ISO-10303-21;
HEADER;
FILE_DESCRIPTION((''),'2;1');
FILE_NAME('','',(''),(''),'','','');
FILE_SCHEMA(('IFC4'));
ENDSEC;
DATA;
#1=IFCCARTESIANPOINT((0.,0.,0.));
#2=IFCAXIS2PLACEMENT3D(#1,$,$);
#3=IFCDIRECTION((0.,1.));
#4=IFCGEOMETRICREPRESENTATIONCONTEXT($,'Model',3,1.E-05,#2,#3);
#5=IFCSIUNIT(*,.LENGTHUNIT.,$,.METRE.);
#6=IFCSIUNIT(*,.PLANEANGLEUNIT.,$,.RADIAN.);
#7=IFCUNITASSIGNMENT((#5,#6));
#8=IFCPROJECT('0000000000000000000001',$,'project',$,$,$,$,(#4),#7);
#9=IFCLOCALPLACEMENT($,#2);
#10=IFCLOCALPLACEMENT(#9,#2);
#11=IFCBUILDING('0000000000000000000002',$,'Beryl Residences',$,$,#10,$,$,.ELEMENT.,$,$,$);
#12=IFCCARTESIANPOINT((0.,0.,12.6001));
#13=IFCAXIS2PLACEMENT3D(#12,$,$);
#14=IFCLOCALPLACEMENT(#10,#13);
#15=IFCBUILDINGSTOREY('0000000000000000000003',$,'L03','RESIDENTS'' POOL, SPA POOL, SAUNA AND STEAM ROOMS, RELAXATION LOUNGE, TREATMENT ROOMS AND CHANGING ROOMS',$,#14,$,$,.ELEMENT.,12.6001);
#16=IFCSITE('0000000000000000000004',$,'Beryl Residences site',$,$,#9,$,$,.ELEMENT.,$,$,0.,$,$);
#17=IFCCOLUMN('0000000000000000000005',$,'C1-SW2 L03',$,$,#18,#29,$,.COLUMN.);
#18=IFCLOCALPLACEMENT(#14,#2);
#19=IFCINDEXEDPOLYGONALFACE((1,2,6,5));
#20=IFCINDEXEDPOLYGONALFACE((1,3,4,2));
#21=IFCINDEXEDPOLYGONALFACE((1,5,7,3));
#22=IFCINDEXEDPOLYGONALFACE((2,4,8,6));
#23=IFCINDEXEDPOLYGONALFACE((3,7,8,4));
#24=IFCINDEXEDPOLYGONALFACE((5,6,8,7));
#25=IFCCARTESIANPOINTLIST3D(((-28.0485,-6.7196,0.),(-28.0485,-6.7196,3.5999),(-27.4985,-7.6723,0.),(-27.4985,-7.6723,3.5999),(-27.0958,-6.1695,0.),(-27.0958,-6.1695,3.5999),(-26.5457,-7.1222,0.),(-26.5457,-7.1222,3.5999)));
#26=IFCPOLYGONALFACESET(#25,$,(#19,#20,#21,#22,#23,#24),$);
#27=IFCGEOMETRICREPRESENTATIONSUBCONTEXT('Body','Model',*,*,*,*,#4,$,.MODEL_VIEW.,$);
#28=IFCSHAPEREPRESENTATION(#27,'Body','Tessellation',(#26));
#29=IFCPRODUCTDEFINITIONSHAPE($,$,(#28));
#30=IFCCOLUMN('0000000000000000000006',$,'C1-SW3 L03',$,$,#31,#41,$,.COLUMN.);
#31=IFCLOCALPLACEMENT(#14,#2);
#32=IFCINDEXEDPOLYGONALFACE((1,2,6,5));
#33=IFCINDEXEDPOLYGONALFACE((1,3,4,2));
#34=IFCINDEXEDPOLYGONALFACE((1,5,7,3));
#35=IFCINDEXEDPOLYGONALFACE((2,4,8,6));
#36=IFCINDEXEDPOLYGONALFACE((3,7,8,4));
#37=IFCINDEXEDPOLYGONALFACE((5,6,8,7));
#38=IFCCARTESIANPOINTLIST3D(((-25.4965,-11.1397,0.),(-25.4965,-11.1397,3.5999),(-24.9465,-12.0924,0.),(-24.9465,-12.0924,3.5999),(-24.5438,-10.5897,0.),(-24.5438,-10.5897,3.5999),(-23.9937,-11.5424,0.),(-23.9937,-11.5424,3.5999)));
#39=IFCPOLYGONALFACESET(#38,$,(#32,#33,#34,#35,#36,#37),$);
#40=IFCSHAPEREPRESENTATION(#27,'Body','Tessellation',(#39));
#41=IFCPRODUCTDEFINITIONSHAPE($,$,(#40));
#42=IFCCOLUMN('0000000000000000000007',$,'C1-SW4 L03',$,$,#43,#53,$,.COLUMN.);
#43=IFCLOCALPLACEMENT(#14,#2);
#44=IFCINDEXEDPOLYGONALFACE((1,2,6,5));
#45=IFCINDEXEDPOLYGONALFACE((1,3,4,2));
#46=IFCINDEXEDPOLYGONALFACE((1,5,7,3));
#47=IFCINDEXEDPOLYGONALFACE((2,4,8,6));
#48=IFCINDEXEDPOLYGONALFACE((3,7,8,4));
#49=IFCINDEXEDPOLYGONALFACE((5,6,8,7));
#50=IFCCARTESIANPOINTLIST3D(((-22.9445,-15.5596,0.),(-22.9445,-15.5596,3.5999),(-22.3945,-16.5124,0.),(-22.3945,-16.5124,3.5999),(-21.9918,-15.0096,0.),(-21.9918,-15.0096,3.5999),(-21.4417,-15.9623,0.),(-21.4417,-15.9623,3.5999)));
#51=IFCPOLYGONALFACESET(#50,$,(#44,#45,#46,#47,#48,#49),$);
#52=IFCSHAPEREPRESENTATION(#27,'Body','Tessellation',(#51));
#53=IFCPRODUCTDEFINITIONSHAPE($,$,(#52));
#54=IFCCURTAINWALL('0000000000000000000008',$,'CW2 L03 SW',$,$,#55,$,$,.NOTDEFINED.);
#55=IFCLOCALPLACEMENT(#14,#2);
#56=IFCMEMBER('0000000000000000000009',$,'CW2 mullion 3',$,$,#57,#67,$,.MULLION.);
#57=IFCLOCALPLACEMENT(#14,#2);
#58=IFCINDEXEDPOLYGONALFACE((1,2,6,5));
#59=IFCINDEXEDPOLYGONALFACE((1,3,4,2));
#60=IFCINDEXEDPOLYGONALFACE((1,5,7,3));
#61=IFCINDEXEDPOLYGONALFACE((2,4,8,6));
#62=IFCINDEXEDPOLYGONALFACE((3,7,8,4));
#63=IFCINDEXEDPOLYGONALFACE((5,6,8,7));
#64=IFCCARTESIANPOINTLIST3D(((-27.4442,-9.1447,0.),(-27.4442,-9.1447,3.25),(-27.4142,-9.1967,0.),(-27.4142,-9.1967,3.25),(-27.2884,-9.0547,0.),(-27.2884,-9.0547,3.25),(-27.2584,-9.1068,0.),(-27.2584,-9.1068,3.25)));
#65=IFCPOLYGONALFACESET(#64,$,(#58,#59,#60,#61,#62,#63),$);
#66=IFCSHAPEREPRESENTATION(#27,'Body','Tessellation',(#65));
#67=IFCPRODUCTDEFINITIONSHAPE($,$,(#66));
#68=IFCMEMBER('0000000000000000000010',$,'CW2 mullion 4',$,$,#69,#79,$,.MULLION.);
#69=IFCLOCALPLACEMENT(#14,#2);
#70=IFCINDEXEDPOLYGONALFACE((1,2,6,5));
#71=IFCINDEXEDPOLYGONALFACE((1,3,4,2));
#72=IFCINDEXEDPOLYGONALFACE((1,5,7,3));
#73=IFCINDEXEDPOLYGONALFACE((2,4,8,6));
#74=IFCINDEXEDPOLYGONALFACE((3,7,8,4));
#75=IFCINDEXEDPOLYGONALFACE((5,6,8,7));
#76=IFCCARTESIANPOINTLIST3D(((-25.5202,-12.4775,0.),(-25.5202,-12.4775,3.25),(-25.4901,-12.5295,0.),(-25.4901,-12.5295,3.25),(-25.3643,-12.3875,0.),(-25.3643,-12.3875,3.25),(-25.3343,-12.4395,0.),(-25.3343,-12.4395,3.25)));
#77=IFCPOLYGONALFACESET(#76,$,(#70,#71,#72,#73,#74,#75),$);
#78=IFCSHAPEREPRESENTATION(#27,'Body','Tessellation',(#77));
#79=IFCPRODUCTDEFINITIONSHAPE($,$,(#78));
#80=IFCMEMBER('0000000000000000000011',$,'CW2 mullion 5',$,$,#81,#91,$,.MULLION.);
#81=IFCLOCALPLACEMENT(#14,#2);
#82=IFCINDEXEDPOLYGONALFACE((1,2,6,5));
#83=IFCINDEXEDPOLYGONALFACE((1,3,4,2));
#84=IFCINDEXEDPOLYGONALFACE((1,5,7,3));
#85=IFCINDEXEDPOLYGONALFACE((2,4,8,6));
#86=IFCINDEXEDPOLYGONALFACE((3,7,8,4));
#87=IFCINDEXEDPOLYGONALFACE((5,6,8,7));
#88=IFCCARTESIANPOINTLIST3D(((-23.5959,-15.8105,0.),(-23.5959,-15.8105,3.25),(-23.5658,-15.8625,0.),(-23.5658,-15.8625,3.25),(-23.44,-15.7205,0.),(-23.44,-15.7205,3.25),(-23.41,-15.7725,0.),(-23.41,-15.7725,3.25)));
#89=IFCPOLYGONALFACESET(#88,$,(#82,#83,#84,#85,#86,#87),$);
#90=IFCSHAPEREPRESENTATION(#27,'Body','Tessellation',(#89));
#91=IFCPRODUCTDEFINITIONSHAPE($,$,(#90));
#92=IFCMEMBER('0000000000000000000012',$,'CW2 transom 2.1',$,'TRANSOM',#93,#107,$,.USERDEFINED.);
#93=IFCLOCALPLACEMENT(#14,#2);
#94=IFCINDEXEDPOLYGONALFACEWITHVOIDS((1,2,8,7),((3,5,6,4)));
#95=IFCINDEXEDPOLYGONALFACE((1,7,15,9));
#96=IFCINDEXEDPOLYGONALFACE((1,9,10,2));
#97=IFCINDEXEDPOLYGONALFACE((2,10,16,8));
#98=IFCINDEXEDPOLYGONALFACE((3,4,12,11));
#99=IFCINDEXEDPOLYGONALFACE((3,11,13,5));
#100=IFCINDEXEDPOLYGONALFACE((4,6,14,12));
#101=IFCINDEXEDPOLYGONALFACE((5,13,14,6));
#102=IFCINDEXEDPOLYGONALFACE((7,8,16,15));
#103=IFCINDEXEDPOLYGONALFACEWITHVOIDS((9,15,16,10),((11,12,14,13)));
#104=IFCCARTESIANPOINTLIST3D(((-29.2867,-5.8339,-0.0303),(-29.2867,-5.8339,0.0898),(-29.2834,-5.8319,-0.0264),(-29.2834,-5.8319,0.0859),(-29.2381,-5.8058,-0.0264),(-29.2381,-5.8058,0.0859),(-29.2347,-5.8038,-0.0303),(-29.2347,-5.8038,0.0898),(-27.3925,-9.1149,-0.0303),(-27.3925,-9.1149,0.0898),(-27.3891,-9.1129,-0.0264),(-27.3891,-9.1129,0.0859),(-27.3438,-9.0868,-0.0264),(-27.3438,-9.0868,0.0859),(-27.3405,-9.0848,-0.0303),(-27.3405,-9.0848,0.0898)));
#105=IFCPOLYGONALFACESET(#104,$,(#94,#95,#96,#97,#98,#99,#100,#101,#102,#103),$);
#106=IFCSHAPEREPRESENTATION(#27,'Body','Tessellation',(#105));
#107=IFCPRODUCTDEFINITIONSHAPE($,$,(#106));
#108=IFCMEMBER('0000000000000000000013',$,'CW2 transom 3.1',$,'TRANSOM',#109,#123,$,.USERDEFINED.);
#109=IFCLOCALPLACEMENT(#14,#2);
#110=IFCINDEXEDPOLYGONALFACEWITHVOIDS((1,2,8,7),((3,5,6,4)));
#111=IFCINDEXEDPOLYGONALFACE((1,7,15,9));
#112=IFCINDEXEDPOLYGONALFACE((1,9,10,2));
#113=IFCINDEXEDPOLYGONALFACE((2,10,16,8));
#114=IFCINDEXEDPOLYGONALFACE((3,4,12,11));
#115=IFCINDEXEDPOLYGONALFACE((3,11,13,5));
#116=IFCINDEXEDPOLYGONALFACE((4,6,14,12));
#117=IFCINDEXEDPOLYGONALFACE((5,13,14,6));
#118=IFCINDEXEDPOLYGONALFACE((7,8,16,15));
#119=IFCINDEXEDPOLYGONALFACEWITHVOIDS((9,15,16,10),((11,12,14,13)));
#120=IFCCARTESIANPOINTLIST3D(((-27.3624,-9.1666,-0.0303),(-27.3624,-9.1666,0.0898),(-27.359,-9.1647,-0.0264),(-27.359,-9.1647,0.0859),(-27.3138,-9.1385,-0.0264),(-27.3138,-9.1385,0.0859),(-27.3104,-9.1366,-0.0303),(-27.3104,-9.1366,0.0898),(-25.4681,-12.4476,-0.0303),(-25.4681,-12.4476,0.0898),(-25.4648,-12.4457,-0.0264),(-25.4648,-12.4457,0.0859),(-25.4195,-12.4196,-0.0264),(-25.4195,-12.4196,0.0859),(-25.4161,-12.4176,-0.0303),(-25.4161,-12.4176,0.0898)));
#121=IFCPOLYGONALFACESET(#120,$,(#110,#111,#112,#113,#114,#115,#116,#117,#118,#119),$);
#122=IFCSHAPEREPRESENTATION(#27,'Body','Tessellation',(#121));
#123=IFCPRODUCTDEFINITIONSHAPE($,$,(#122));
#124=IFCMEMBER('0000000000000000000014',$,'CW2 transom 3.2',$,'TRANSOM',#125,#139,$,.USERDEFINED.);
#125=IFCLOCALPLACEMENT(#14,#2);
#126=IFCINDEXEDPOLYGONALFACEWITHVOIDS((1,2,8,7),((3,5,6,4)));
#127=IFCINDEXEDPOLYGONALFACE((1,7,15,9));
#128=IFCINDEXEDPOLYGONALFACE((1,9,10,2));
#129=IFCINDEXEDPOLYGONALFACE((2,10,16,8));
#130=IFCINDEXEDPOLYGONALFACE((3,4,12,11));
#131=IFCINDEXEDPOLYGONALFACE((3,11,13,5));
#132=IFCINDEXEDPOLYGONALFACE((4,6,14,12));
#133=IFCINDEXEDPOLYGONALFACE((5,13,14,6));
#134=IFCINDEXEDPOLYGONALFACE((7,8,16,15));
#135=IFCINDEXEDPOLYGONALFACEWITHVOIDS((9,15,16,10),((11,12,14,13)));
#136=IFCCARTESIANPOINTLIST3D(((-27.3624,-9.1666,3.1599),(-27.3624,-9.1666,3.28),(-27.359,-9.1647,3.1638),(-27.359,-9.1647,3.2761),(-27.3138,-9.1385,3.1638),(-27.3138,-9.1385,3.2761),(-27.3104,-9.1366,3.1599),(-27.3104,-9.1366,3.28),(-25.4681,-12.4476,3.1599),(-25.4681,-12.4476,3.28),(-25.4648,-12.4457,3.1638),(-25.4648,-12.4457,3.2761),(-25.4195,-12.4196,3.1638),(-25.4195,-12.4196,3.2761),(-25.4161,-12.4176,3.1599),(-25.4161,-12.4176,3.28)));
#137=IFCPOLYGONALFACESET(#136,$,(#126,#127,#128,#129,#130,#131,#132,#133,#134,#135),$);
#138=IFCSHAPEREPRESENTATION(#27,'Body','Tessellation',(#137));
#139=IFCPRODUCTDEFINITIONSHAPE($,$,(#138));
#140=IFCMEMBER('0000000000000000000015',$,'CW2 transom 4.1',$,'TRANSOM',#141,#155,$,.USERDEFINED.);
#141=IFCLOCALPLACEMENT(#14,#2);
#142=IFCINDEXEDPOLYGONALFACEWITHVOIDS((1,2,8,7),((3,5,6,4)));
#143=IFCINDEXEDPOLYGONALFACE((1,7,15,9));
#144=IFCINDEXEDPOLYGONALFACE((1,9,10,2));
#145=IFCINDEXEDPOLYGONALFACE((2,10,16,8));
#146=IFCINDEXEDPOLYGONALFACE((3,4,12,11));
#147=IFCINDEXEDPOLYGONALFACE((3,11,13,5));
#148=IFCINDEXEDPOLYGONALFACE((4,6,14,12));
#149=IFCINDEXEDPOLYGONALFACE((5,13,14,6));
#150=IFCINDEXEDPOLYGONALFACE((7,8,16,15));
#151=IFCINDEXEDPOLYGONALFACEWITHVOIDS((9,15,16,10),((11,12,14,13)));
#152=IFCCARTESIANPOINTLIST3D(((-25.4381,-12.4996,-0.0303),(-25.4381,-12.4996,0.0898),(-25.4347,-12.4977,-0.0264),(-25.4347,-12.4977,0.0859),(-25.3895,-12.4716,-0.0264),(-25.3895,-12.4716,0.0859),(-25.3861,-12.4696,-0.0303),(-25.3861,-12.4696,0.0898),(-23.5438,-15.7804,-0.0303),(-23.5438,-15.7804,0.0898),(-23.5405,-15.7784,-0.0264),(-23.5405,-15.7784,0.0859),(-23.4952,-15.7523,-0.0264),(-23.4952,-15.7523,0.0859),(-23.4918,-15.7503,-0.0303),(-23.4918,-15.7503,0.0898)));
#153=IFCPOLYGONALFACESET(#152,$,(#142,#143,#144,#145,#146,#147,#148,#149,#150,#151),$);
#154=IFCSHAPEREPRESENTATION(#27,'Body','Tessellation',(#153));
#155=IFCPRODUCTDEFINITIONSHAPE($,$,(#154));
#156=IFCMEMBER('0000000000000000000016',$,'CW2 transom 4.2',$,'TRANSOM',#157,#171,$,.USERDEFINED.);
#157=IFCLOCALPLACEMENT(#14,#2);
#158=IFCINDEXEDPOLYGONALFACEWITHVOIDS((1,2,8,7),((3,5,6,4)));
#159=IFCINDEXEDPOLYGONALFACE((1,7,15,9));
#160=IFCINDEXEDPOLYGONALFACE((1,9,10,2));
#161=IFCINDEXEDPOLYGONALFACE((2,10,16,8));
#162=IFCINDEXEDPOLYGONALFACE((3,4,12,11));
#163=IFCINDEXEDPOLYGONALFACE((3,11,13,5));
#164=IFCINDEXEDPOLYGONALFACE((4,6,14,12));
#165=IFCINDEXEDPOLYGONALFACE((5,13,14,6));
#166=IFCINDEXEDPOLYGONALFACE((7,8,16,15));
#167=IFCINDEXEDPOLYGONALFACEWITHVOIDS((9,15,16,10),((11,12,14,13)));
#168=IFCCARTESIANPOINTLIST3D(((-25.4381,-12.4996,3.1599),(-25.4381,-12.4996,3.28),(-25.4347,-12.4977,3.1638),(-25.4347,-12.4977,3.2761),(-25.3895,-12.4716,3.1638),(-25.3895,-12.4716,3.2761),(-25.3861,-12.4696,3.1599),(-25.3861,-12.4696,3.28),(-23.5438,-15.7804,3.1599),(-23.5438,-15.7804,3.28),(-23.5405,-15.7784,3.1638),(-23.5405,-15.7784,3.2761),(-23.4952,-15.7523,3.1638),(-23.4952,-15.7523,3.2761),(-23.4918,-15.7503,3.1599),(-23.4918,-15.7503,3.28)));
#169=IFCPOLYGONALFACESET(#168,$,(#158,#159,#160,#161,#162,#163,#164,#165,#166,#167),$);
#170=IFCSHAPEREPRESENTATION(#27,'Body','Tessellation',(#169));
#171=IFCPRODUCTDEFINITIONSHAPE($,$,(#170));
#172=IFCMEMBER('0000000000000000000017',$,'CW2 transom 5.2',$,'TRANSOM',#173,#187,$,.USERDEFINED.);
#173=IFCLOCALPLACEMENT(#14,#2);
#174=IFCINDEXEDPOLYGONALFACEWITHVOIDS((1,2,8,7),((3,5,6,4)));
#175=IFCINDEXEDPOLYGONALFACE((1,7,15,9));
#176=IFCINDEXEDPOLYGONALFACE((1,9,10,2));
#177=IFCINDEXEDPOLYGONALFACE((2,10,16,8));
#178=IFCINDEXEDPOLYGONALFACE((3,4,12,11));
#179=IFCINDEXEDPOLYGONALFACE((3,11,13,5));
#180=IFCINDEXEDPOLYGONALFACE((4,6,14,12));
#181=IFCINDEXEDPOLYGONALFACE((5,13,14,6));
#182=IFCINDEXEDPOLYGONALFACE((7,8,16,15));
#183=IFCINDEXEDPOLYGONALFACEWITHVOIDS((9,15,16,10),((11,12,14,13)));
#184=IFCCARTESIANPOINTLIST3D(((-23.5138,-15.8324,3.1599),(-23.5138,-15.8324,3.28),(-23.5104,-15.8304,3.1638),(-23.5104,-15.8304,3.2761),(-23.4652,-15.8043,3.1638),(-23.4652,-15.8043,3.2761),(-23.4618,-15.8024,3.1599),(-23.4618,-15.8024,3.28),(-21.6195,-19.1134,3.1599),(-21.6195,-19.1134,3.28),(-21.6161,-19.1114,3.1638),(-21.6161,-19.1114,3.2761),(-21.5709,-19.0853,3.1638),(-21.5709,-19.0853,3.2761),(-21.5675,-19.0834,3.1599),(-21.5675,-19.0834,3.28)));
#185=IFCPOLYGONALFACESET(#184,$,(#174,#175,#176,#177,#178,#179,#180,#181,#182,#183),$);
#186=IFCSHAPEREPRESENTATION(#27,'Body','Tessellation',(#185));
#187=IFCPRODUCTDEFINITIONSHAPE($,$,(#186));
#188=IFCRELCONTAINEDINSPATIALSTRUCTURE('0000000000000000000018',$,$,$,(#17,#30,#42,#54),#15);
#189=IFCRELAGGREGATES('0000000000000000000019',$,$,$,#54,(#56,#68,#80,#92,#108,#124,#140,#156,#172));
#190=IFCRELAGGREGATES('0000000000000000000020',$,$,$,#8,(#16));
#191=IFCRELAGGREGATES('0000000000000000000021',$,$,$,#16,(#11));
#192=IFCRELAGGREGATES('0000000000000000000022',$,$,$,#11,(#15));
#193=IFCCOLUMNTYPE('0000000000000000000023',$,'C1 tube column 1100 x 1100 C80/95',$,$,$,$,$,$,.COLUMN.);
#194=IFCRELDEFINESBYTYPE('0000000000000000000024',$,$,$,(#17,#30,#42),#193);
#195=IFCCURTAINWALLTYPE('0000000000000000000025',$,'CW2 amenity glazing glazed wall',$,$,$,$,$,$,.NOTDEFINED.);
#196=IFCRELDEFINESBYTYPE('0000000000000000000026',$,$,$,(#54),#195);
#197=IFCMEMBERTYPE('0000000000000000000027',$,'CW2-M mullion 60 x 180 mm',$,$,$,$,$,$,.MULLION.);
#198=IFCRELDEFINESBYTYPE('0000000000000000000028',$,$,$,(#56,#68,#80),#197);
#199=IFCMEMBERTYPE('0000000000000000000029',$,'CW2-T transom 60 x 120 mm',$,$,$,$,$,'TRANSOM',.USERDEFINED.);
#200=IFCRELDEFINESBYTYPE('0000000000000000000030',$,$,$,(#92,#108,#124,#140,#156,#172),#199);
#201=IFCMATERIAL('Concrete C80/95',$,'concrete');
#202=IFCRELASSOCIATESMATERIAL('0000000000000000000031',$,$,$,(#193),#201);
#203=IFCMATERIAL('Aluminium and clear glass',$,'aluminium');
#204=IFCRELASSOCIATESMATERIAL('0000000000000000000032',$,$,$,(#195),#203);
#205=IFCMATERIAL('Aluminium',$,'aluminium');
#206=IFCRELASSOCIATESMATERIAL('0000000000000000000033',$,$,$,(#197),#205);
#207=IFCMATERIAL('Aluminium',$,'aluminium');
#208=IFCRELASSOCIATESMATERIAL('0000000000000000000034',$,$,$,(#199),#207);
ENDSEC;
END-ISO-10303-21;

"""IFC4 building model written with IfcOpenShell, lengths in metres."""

from ifc_helpers import new_model, si_unit, direction, frame, origin, origin_2d, place, context, subcontext, project, spatial, rectangle, hollow_rectangle, extrude, material, material_profile, profile_set, type_object, element, aggregate, save


model = new_model("IFC4")

# Units and contexts
model_context = context("Model", 3, precision=1e-05, world=origin(), true_north=direction((0.0, 1.0)))
body_context = subcontext(model_context, "Body", "Model", "MODEL_VIEW")
ifc_project = project(units=[si_unit("LENGTHUNIT", "METRE"), si_unit("PLANEANGLEUNIT", "RADIAN")], contexts=[model_context])

# Site, building, storey
site_placement = place(None, origin())
site = spatial("IfcSite", under=ifc_project, at=site_placement, Name="Beryl Residences site", CompositionType="ELEMENT", RefElevation=0.0)
building_placement = place(site_placement, origin())
building = spatial("IfcBuilding", under=site, at=building_placement, Name="Beryl Residences", CompositionType="ELEMENT")
storey_placement = place(building_placement, frame((0.0, 0.0, 12.6001)))
storey = spatial("IfcBuildingStorey", under=building, at=storey_placement, Name="L03", Description="RESIDENTS' POOL, SPA POOL, SAUNA AND STEAM ROOMS, RELAXATION LOUNGE, TREATMENT ROOMS AND CHANGING ROOMS", CompositionType="ELEMENT", Elevation=12.6001)

# Columns
ifc_material_1 = material(Name="Concrete C80/95", Category="concrete")
ifc_material_profile_1 = material_profile(ifc_material_1, rectangle(XDim=1.1001, YDim=1.1001, at=origin_2d()))
ifc_profile_set_1 = profile_set([ifc_material_profile_1], Name="Concrete C80/95")
column_type = type_object("IfcColumnType", Name="C1 tube column 1100 x 1100 C80/95", PredefinedType="COLUMN", material=ifc_profile_set_1)
for number, where, z_axis, x_axis, name in (
    (1, (-27.2971, -6.9209, 0.0), (0.0, 0.0, 1.0), (0.499985, -0.866034, 0.0), "C1-SW2 L03"),
    (2, (-24.7451, -11.3411, 0.0), (0.0, 0.0, 1.0), (0.499985, -0.866034, 0.0), "C1-SW3 L03"),
    (3, (-22.1931, -15.761, 0.0), (0.0, 0.0, 1.0), (0.499985, -0.866034, 0.0), "C1-SW4 L03"),
):
    element("IfcColumn", number, at=place(storey_placement, frame(where, z_axis=z_axis, x_axis=x_axis)), inside=storey, type_object=column_type, Name=name, PredefinedType="COLUMN", context=body_context, shape_type="SweptSolid", body=[
        extrude(rectangle(XDim=1.1001, YDim=1.1001, at=origin_2d()), origin(), (0.0, 0.0, 1.0), 3.5999),
    ])

# Curtain wall, members
ifc_material_2 = material(Name="Aluminium and clear glass", Category="aluminium")
curtain_wall_type = type_object("IfcCurtainWallType", Name="CW2 amenity glazing glazed wall", PredefinedType="NOTDEFINED", material=ifc_material_2)
curtain_wall_placement = place(storey_placement, origin())
curtain_wall = element("IfcCurtainWall", 4, at=curtain_wall_placement, inside=storey, type_object=curtain_wall_type, Name="CW2 L03 SW", PredefinedType="NOTDEFINED")
ifc_material_3 = material(Name="Aluminium", Category="aluminium")
ifc_material_profile_2 = material_profile(ifc_material_3, rectangle(XDim=0.0601, YDim=0.1799, at=origin_2d()))
ifc_profile_set_2 = profile_set([ifc_material_profile_2], Name="Aluminium")
member_type_1 = type_object("IfcMemberType", Name="CW2-M mullion 60 x 180 mm", PredefinedType="MULLION", material=ifc_profile_set_2)
member_1_placement = place(storey_placement, frame((-27.3513, -9.1257, 0.0), z_axis=(0.0, 0.0, 1.0), x_axis=(0.500012, -0.866019, 0.0)))
member_1 = element("IfcMember", 5, at=member_1_placement, type_object=member_type_1, Name="CW2 mullion 3", PredefinedType="MULLION", context=body_context, shape_type="SweptSolid", body=[
    extrude(rectangle(XDim=0.0601, YDim=0.1799, at=origin_2d()), origin(), (0.0, 0.0, 1.0), 3.25),
])
member_2_placement = place(storey_placement, frame((-25.4272, -12.4585, 0.0), z_axis=(0.0, 0.0, 1.0), x_axis=(0.500012, -0.866019, 0.0)))
member_2 = element("IfcMember", 6, at=member_2_placement, type_object=member_type_1, Name="CW2 mullion 4", PredefinedType="MULLION", context=body_context, shape_type="SweptSolid", body=[
    extrude(rectangle(XDim=0.0601, YDim=0.1799, at=origin_2d()), origin(), (0.0, 0.0, 1.0), 3.25),
])
member_3_placement = place(storey_placement, frame((-23.5029, -15.7915, 0.0), z_axis=(0.0, 0.0, 1.0), x_axis=(0.500012, -0.866019, 0.0)))
member_3 = element("IfcMember", 7, at=member_3_placement, type_object=member_type_1, Name="CW2 mullion 5", PredefinedType="MULLION", context=body_context, shape_type="SweptSolid", body=[
    extrude(rectangle(XDim=0.0601, YDim=0.1799, at=origin_2d()), origin(), (0.0, 0.0, 1.0), 3.25),
])
ifc_material_4 = material(Name="Aluminium", Category="aluminium")
ifc_material_profile_3 = material_profile(ifc_material_4, hollow_rectangle(XDim=0.0601, YDim=0.1201, WallThickness=0.0039, at=origin_2d()))
ifc_profile_set_3 = profile_set([ifc_material_profile_3], Name="Aluminium")
member_type_2 = type_object("IfcMemberType", Name="CW2-T transom 60 x 120 mm", ElementType="TRANSOM", PredefinedType="USERDEFINED", material=ifc_profile_set_3)
member_4_placement = place(storey_placement, frame((-29.2607, -5.8188, 0.0298), z_axis=(0.5, -0.866026, 0.0), x_axis=(0.866026, 0.5, 0.0)))
member_4 = element("IfcMember", 8, at=member_4_placement, type_object=member_type_2, Name="CW2 transom 2.1", ObjectType="TRANSOM", PredefinedType="USERDEFINED", context=body_context, shape_type="SweptSolid", body=[
    extrude(hollow_rectangle(XDim=0.0601, YDim=0.1201, WallThickness=0.0039, at=origin_2d()), origin(), (0.0, 0.0, 1.0), 3.7886),
])
member_5_placement = place(storey_placement, frame((-27.3364, -9.1516, 0.0298), z_axis=(0.5, -0.866026, 0.0), x_axis=(0.866026, 0.5, 0.0)))
member_5 = element("IfcMember", 9, at=member_5_placement, type_object=member_type_2, Name="CW2 transom 3.1", ObjectType="TRANSOM", PredefinedType="USERDEFINED", context=body_context, shape_type="SweptSolid", body=[
    extrude(hollow_rectangle(XDim=0.0601, YDim=0.1201, WallThickness=0.0039, at=origin_2d()), origin(), (0.0, 0.0, 1.0), 3.7886),
])
member_6_placement = place(storey_placement, frame((-27.3364, -9.1516, 3.22), z_axis=(0.5, -0.866026, 0.0), x_axis=(0.866026, 0.5, 0.0)))
member_6 = element("IfcMember", 10, at=member_6_placement, type_object=member_type_2, Name="CW2 transom 3.2", ObjectType="TRANSOM", PredefinedType="USERDEFINED", context=body_context, shape_type="SweptSolid", body=[
    extrude(hollow_rectangle(XDim=0.0601, YDim=0.1201, WallThickness=0.0039, at=origin_2d()), origin(), (0.0, 0.0, 1.0), 3.7886),
])
member_7_placement = place(storey_placement, frame((-25.4121, -12.4846, 0.0298), z_axis=(0.500027, -0.86601, 0.0), x_axis=(0.86601, 0.500027, 0.0)))
member_7 = element("IfcMember", 11, at=member_7_placement, type_object=member_type_2, Name="CW2 transom 4.1", ObjectType="TRANSOM", PredefinedType="USERDEFINED", context=body_context, shape_type="SweptSolid", body=[
    extrude(hollow_rectangle(XDim=0.0601, YDim=0.1201, WallThickness=0.0039, at=origin_2d()), origin(), (0.0, 0.0, 1.0), 3.7883),
])
member_8_placement = place(storey_placement, frame((-25.4121, -12.4846, 3.22), z_axis=(0.500027, -0.86601, 0.0), x_axis=(0.86601, 0.500027, 0.0)))
member_8 = element("IfcMember", 12, at=member_8_placement, type_object=member_type_2, Name="CW2 transom 4.2", ObjectType="TRANSOM", PredefinedType="USERDEFINED", context=body_context, shape_type="SweptSolid", body=[
    extrude(hollow_rectangle(XDim=0.0601, YDim=0.1201, WallThickness=0.0039, at=origin_2d()), origin(), (0.0, 0.0, 1.0), 3.7883),
])
member_9_placement = place(storey_placement, frame((-23.4878, -15.8174, 3.22), z_axis=(0.5, -0.866026, 0.0), x_axis=(0.866026, 0.5, 0.0)))
member_9 = element("IfcMember", 13, at=member_9_placement, type_object=member_type_2, Name="CW2 transom 5.2", ObjectType="TRANSOM", PredefinedType="USERDEFINED", context=body_context, shape_type="SweptSolid", body=[
    extrude(hollow_rectangle(XDim=0.0601, YDim=0.1201, WallThickness=0.0039, at=origin_2d()), origin(), (0.0, 0.0, 1.0), 3.7886),
])

aggregate(curtain_wall, [member_1, member_2, member_3, member_4, member_5, member_6, member_7, member_8, member_9])

save(model, "model.ifc")
